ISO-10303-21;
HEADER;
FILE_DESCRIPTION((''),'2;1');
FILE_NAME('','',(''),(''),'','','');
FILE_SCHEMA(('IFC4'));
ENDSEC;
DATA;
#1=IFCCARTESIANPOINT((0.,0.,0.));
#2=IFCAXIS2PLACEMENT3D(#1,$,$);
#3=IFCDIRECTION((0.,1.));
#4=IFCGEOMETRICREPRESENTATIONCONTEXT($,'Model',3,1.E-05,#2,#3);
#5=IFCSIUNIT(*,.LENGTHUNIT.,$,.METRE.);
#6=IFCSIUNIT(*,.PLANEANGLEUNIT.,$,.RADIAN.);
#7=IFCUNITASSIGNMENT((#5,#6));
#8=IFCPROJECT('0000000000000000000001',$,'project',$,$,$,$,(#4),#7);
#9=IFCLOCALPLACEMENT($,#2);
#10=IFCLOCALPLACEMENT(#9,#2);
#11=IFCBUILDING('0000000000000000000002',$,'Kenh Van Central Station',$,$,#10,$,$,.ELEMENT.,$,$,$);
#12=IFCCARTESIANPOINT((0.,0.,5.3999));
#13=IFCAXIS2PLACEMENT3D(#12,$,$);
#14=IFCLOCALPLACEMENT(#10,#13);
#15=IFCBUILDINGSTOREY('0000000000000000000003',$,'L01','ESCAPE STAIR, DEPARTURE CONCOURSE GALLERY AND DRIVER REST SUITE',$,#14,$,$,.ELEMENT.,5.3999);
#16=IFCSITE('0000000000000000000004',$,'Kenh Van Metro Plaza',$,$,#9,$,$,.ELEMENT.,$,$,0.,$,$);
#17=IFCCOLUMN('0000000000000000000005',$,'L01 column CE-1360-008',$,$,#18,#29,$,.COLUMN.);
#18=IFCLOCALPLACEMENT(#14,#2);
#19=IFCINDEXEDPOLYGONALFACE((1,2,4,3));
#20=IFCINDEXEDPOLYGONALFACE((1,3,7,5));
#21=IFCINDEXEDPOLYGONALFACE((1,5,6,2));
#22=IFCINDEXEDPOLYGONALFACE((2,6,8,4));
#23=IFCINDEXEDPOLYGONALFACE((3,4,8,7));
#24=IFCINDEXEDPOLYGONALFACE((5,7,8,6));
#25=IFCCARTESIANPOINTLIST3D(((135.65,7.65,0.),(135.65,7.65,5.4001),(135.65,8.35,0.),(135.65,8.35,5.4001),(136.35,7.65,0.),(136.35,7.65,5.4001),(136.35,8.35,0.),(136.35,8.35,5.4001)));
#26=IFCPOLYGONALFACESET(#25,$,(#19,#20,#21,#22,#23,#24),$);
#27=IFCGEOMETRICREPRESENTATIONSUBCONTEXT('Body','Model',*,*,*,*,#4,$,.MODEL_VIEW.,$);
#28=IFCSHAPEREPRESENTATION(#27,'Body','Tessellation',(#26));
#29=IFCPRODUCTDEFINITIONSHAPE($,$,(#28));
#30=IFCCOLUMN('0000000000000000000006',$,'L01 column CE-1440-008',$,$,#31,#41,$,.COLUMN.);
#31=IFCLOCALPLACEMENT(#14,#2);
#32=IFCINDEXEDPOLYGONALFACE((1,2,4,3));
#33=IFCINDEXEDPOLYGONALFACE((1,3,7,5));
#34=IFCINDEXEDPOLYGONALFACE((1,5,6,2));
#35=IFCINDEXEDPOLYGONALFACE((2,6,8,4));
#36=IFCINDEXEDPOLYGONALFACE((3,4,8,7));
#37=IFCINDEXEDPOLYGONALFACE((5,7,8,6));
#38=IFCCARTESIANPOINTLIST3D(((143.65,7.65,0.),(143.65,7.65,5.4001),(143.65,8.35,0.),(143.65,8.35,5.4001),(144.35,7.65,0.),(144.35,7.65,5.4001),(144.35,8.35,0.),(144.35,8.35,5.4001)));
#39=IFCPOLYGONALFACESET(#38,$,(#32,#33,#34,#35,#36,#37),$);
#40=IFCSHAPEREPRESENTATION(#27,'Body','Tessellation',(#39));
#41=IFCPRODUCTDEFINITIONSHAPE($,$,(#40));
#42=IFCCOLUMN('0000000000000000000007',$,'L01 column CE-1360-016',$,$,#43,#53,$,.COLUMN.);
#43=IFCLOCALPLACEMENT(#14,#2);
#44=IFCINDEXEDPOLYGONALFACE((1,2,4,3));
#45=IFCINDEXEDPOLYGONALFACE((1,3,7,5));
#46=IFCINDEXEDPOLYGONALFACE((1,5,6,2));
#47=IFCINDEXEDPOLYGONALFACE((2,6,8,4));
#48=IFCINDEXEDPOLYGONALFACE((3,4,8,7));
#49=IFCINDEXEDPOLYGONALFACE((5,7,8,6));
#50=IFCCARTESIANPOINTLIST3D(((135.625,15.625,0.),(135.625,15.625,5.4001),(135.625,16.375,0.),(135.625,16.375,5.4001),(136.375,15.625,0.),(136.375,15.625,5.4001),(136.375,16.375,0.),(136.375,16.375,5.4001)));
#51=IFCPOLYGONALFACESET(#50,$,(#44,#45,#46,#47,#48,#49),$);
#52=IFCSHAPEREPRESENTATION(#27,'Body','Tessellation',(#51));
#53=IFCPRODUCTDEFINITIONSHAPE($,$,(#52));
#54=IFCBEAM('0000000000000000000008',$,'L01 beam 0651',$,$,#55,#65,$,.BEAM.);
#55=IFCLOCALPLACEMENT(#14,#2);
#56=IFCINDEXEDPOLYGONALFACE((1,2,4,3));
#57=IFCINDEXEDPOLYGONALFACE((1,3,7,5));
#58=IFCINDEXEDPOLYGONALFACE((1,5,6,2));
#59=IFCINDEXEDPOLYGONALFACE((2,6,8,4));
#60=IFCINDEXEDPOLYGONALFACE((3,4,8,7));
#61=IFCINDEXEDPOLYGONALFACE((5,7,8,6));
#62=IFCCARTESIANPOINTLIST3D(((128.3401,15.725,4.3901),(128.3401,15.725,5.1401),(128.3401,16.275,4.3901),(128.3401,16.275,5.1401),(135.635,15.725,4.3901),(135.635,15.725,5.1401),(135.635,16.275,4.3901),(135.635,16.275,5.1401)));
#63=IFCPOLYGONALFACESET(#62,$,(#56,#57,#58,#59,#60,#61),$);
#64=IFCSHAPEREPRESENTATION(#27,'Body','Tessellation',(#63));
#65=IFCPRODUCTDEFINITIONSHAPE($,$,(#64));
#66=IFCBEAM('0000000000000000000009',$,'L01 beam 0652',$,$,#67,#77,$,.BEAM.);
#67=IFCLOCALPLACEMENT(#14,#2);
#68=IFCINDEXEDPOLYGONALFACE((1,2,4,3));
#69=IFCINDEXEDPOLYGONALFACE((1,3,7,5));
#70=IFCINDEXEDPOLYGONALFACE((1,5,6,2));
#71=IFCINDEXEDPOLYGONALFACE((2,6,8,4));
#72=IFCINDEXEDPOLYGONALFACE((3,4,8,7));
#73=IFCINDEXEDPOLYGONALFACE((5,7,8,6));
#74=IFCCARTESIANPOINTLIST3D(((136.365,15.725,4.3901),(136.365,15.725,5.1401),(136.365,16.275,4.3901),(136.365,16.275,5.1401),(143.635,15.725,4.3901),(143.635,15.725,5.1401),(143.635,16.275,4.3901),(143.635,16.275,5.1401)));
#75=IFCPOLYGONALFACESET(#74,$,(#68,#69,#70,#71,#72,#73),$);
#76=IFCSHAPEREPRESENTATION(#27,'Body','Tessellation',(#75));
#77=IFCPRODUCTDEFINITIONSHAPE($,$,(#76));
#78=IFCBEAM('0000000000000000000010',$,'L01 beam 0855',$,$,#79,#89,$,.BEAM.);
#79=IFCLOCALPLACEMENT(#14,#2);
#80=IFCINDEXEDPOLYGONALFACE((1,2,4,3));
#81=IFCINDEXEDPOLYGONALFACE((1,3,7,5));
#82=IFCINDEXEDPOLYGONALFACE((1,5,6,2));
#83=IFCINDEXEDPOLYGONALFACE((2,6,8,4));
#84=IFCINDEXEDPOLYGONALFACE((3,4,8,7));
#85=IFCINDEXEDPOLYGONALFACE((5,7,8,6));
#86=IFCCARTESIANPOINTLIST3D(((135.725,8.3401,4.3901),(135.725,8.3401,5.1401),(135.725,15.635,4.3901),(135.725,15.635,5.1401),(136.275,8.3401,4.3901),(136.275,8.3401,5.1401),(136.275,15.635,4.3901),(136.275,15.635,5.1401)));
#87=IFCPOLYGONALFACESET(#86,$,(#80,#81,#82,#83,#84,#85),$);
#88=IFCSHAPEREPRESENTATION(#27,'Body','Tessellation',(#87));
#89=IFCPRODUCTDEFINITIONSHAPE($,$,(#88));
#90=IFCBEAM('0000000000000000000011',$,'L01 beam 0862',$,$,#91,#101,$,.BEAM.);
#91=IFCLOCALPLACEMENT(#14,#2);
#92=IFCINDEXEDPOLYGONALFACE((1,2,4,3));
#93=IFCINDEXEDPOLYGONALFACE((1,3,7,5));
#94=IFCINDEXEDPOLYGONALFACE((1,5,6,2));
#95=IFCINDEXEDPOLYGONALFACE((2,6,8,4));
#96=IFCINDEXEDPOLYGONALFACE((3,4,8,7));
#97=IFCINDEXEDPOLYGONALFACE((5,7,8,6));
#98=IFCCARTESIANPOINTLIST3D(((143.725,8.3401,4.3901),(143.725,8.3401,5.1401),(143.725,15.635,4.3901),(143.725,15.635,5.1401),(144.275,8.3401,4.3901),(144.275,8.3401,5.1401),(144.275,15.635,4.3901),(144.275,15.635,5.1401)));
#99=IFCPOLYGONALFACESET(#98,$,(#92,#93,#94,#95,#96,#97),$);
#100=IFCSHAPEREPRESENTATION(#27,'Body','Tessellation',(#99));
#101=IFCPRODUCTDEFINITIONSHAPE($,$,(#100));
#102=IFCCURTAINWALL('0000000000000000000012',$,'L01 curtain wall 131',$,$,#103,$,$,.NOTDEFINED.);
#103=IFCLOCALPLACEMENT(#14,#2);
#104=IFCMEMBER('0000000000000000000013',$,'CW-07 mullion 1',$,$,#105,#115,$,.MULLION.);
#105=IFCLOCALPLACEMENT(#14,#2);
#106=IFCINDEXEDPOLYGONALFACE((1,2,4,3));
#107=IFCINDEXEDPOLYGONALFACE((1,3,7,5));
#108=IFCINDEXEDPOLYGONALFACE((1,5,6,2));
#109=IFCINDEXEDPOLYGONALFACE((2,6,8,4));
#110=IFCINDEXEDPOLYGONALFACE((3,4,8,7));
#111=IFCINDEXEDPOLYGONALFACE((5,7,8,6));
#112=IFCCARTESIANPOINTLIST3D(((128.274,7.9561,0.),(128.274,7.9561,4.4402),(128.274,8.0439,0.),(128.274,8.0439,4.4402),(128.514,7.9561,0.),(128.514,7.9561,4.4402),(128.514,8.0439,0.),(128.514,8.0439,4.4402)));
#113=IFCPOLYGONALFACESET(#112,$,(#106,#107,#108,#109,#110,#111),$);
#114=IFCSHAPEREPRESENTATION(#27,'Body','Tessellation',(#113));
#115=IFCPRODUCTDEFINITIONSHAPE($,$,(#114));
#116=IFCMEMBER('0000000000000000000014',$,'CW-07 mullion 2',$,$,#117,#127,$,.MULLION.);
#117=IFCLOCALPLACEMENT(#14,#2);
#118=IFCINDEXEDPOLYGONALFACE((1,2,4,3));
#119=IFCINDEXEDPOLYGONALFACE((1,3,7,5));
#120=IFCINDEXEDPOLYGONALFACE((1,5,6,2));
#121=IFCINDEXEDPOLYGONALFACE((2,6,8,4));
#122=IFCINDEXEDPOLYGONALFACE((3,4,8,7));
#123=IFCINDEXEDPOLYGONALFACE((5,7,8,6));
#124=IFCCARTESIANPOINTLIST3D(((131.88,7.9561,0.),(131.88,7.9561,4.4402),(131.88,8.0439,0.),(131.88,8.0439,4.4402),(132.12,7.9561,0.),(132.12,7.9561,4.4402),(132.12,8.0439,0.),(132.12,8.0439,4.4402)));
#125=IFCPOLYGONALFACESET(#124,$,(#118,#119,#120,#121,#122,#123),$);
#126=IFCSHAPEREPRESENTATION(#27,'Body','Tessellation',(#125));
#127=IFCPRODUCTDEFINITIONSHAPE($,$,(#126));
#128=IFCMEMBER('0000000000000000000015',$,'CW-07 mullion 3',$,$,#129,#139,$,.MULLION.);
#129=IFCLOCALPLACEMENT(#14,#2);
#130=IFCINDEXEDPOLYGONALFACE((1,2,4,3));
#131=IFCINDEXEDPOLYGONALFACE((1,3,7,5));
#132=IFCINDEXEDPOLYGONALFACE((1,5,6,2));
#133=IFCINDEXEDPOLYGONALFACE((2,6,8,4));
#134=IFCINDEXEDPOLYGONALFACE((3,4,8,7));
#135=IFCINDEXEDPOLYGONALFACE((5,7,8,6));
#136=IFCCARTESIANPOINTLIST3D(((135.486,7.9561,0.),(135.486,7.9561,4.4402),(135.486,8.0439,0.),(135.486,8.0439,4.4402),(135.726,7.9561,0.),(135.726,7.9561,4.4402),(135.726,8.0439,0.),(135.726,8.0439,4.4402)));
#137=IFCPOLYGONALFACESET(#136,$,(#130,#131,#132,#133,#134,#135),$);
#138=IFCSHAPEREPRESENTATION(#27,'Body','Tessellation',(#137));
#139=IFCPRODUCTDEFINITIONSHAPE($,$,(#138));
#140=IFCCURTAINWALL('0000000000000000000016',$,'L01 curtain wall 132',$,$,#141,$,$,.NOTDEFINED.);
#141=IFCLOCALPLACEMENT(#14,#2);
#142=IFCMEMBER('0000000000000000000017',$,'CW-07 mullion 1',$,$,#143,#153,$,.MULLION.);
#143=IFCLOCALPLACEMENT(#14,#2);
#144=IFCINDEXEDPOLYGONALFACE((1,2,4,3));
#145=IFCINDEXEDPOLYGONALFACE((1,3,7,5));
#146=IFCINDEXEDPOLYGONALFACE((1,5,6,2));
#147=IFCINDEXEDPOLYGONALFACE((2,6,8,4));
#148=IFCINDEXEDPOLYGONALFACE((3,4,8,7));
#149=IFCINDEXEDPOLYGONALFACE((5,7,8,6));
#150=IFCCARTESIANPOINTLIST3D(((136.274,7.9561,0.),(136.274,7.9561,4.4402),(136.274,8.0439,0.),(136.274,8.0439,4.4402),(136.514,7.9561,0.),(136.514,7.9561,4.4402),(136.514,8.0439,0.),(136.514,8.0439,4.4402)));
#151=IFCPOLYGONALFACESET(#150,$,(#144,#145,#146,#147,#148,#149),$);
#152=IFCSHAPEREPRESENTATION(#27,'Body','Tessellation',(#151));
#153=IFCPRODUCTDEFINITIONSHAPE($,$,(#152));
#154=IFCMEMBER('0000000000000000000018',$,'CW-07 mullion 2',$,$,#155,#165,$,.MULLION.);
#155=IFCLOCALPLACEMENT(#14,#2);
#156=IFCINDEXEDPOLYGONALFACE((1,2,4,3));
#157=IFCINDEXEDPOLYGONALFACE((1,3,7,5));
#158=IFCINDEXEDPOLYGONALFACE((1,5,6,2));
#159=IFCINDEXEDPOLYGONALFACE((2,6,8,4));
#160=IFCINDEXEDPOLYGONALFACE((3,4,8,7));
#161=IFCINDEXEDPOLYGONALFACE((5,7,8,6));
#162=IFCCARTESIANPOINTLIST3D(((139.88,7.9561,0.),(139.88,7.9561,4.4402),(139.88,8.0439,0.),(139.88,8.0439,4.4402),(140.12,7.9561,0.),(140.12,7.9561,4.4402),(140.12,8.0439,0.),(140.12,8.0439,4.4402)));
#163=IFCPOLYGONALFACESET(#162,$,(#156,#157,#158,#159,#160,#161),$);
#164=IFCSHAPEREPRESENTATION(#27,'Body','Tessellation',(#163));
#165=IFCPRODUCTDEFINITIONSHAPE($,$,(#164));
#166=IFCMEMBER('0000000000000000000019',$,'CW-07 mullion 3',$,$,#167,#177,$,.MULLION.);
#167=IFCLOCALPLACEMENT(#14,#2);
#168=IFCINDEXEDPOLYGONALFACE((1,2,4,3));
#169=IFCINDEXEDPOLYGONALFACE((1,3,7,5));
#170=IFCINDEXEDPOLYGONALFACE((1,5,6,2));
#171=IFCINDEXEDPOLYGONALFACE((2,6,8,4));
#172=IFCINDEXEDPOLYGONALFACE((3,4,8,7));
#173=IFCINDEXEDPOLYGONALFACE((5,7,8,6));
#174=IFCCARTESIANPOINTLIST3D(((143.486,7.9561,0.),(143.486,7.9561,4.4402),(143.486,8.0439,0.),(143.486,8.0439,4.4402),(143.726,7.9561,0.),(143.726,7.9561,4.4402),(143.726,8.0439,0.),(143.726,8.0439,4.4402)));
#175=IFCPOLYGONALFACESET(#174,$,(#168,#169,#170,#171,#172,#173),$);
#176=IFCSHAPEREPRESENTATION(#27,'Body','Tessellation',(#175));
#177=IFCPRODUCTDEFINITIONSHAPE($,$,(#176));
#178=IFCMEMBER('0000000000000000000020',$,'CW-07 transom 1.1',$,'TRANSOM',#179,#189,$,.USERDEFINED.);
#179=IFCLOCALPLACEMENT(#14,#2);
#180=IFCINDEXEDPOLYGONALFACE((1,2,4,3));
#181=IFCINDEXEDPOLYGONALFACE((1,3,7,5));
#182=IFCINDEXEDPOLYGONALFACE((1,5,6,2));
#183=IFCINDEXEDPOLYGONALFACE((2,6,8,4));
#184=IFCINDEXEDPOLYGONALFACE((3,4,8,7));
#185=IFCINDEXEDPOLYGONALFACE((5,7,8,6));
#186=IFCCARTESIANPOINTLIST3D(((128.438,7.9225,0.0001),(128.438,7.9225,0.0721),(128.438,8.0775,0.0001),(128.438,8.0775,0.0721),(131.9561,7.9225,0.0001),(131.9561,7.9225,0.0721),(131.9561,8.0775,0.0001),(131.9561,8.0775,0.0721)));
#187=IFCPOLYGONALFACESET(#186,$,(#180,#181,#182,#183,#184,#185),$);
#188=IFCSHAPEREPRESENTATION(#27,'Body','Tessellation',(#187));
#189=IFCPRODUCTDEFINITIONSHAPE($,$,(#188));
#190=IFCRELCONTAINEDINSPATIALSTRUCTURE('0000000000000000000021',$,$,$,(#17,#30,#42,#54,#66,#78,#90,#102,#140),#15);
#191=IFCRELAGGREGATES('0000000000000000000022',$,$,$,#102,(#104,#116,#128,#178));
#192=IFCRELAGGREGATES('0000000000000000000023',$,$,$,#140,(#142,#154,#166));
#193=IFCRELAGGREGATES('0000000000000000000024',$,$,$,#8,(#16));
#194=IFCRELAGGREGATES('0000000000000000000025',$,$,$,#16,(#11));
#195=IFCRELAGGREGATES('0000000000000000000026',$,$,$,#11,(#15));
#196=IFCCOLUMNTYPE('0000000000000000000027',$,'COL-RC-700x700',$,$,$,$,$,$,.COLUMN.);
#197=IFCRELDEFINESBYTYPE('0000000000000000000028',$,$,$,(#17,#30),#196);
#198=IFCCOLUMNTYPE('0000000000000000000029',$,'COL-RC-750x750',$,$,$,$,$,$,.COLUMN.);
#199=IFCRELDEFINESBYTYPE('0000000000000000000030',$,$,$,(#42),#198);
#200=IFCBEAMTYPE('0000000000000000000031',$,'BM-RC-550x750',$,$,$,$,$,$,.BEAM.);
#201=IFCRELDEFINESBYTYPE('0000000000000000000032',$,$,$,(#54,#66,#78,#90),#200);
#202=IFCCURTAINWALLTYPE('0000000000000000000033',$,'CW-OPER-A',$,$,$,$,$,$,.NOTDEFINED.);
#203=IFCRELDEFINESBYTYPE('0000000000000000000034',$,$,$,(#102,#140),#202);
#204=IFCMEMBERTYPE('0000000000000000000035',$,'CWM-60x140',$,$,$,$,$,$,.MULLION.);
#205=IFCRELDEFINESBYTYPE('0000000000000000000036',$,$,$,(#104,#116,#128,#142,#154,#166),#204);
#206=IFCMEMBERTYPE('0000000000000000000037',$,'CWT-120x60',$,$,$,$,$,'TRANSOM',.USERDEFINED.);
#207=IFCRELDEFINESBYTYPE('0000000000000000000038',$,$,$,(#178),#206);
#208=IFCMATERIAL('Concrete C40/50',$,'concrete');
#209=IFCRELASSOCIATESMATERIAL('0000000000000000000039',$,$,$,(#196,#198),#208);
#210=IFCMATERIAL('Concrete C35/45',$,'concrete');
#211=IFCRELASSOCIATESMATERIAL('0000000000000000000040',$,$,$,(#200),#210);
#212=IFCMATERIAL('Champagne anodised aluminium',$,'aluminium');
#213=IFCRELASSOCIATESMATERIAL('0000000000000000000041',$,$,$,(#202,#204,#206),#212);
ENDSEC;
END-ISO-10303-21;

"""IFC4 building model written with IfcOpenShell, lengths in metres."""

from ifc_helpers import new_model, si_unit, direction, frame, origin, origin_2d, place, context, subcontext, project, spatial, rectangle, extrude, material, material_profile, profile_set, type_object, element, aggregate, save


model = new_model("IFC4")

# Units and contexts
model_context = context("Model", 3, precision=1e-05, world=origin(), true_north=direction((0.0, 1.0)))
body_context = subcontext(model_context, "Body", "Model", "MODEL_VIEW")
ifc_project = project(units=[si_unit("LENGTHUNIT", "METRE"), si_unit("PLANEANGLEUNIT", "RADIAN")], contexts=[model_context])

# Site, building, storey
site_placement = place(None, origin())
site = spatial("IfcSite", under=ifc_project, at=site_placement, Name="Kenh Van Metro Plaza", CompositionType="ELEMENT", RefElevation=0.0)
building_placement = place(site_placement, origin())
building = spatial("IfcBuilding", under=site, at=building_placement, Name="Kenh Van Central Station", CompositionType="ELEMENT")
storey_placement = place(building_placement, frame((0.0, 0.0, 5.3999)))
storey = spatial("IfcBuildingStorey", under=building, at=storey_placement, Name="L01", Description="ESCAPE STAIR, DEPARTURE CONCOURSE GALLERY AND DRIVER REST SUITE", CompositionType="ELEMENT", Elevation=5.3999)

# Columns
ifc_material_1 = material(Name="Concrete C40/50", Category="concrete")
ifc_material_profile_1 = material_profile(ifc_material_1, rectangle(XDim=0.7, YDim=0.7, at=origin_2d()), Name="RC 700x700")
ifc_profile_set_1 = profile_set([ifc_material_profile_1], Name="Concrete C40/50")
column_type_1 = type_object("IfcColumnType", Name="COL-RC-700x700", PredefinedType="COLUMN", material=ifc_profile_set_1)
for number, where, z_axis, x_axis, name in (
    (1, (136.0, 8.0, 0.0), (0.0, 0.0, 1.0), (1.0, 0.0, 0.0), "L01 column CE-1360-008"),
    (2, (144.0, 8.0, 0.0), (0.0, 0.0, 1.0), (1.0, 0.0, 0.0), "L01 column CE-1440-008"),
):
    element("IfcColumn", number, at=place(storey_placement, frame(where, z_axis=z_axis, x_axis=x_axis)), inside=storey, type_object=column_type_1, Name=name, PredefinedType="COLUMN", context=body_context, shape_type="SweptSolid", body=[
        extrude(rectangle(XDim=0.7, YDim=0.7, at=origin_2d()), origin(), (0.0, 0.0, 1.0), 5.4001),
    ])
ifc_material_profile_2 = material_profile(ifc_material_1, rectangle(XDim=0.75, YDim=0.75, at=origin_2d()), Name="RC 750x750")
ifc_profile_set_2 = profile_set([ifc_material_profile_2], Name="Concrete C40/50")
column_type_2 = type_object("IfcColumnType", Name="COL-RC-750x750", PredefinedType="COLUMN", material=ifc_profile_set_2)
column_placement = place(storey_placement, frame((136.0, 16.0, 0.0), z_axis=(0.0, 0.0, 1.0), x_axis=(1.0, 0.0, 0.0)))
element("IfcColumn", 3, at=column_placement, inside=storey, type_object=column_type_2, Name="L01 column CE-1360-016", PredefinedType="COLUMN", context=body_context, shape_type="SweptSolid", body=[
    extrude(rectangle(XDim=0.75, YDim=0.75, at=origin_2d()), origin(), (0.0, 0.0, 1.0), 5.4001),
])

# Beams
ifc_material_2 = material(Name="Concrete C35/45", Category="concrete")
ifc_material_profile_3 = material_profile(ifc_material_2, rectangle(XDim=0.55, YDim=0.75, at=origin_2d()), Name="RC 550x750")
ifc_profile_set_3 = profile_set([ifc_material_profile_3], Name="Concrete C35/45")
beam_type_1 = type_object("IfcBeamType", Name="BM-RC-550x750", PredefinedType="BEAM", material=ifc_profile_set_3)
beam_1_placement = place(storey_placement, frame((128.3401, 16.0, 4.7651), z_axis=(1.0, 0.0, 0.0), x_axis=(0.0, 1.0, 0.0)))
element("IfcBeam", 4, at=beam_1_placement, inside=storey, type_object=beam_type_1, Name="L01 beam 0651", PredefinedType="BEAM", context=body_context, shape_type="SweptSolid", body=[
    extrude(rectangle(XDim=0.55, YDim=0.75, at=origin_2d()), origin(), (0.0, 0.0, 1.0), 7.2949),
])
beam_2_placement = place(storey_placement, frame((136.365, 16.0, 4.7651), z_axis=(1.0, 0.0, 0.0), x_axis=(0.0, 1.0, 0.0)))
element("IfcBeam", 5, at=beam_2_placement, inside=storey, type_object=beam_type_1, Name="L01 beam 0652", PredefinedType="BEAM", context=body_context, shape_type="SweptSolid", body=[
    extrude(rectangle(XDim=0.55, YDim=0.75, at=origin_2d()), origin(), (0.0, 0.0, 1.0), 7.27),
])
for number, where, z_axis, x_axis, name in (
    (6, (136.0, 8.3401, 4.7651), (0.0, 1.0, 0.0), (-1.0, 0.0, 0.0), "L01 beam 0855"),
    (7, (144.0, 8.3401, 4.7651), (0.0, 1.0, 0.0), (-1.0, 0.0, 0.0), "L01 beam 0862"),
):
    element("IfcBeam", number, at=place(storey_placement, frame(where, z_axis=z_axis, x_axis=x_axis)), inside=storey, type_object=beam_type_1, Name=name, PredefinedType="BEAM", context=body_context, shape_type="SweptSolid", body=[
        extrude(rectangle(XDim=0.55, YDim=0.75, at=origin_2d()), origin(), (0.0, 0.0, 1.0), 7.2949),
    ])

# Curtain walls, members
ifc_material_3 = material(Name="Champagne anodised aluminium", Category="aluminium")
curtain_wall_type = type_object("IfcCurtainWallType", Name="CW-OPER-A", PredefinedType="NOTDEFINED", material=ifc_material_3)
curtain_wall_1_placement = place(storey_placement, origin())
curtain_wall_1 = element("IfcCurtainWall", 8, at=curtain_wall_1_placement, inside=storey, type_object=curtain_wall_type, Name="L01 curtain wall 131", PredefinedType="NOTDEFINED")
ifc_material_profile_4 = material_profile(ifc_material_3, rectangle(XDim=0.0879, YDim=0.24, at=origin_2d()), Name="AL 88x240")
ifc_profile_set_4 = profile_set([ifc_material_profile_4], Name="Champagne anodised aluminium")
member_type_1 = type_object("IfcMemberType", Name="CWM-60x140", PredefinedType="MULLION", material=ifc_profile_set_4)
member_1_placement = place(storey_placement, frame((128.394, 8.0, 0.0), z_axis=(0.0, 0.0, 1.0), x_axis=(0.0, 1.0, 0.0)))
member_1 = element("IfcMember", 9, at=member_1_placement, type_object=member_type_1, Name="CW-07 mullion 1", PredefinedType="MULLION", context=body_context, shape_type="SweptSolid", body=[
    extrude(rectangle(XDim=0.0879, YDim=0.24, at=origin_2d()), origin(), (0.0, 0.0, 1.0), 4.4402),
])
member_2_placement = place(storey_placement, frame((132.0, 8.0, 0.0), z_axis=(0.0, 0.0, 1.0), x_axis=(0.0, 1.0, 0.0)))
member_2 = element("IfcMember", 10, at=member_2_placement, type_object=member_type_1, Name="CW-07 mullion 2", PredefinedType="MULLION", context=body_context, shape_type="SweptSolid", body=[
    extrude(rectangle(XDim=0.0879, YDim=0.24, at=origin_2d()), origin(), (0.0, 0.0, 1.0), 4.4402),
])
member_3_placement = place(storey_placement, frame((135.606, 8.0, 0.0), z_axis=(0.0, 0.0, 1.0), x_axis=(0.0, 1.0, 0.0)))
member_3 = element("IfcMember", 11, at=member_3_placement, type_object=member_type_1, Name="CW-07 mullion 3", PredefinedType="MULLION", context=body_context, shape_type="SweptSolid", body=[
    extrude(rectangle(XDim=0.0879, YDim=0.24, at=origin_2d()), origin(), (0.0, 0.0, 1.0), 4.4402),
])
curtain_wall_2_placement = place(storey_placement, origin())
curtain_wall_2 = element("IfcCurtainWall", 12, at=curtain_wall_2_placement, inside=storey, type_object=curtain_wall_type, Name="L01 curtain wall 132", PredefinedType="NOTDEFINED")
member_4_placement = place(storey_placement, frame((136.394, 8.0, 0.0), z_axis=(0.0, 0.0, 1.0), x_axis=(0.0, 1.0, 0.0)))
member_4 = element("IfcMember", 13, at=member_4_placement, type_object=member_type_1, Name="CW-07 mullion 1", PredefinedType="MULLION", context=body_context, shape_type="SweptSolid", body=[
    extrude(rectangle(XDim=0.0879, YDim=0.24, at=origin_2d()), origin(), (0.0, 0.0, 1.0), 4.4402),
])
member_5_placement = place(storey_placement, frame((140.0, 8.0, 0.0), z_axis=(0.0, 0.0, 1.0), x_axis=(0.0, 1.0, 0.0)))
member_5 = element("IfcMember", 14, at=member_5_placement, type_object=member_type_1, Name="CW-07 mullion 2", PredefinedType="MULLION", context=body_context, shape_type="SweptSolid", body=[
    extrude(rectangle(XDim=0.0879, YDim=0.24, at=origin_2d()), origin(), (0.0, 0.0, 1.0), 4.4402),
])
member_6_placement = place(storey_placement, frame((143.606, 8.0, 0.0), z_axis=(0.0, 0.0, 1.0), x_axis=(0.0, 1.0, 0.0)))
member_6 = element("IfcMember", 15, at=member_6_placement, type_object=member_type_1, Name="CW-07 mullion 3", PredefinedType="MULLION", context=body_context, shape_type="SweptSolid", body=[
    extrude(rectangle(XDim=0.0879, YDim=0.24, at=origin_2d()), origin(), (0.0, 0.0, 1.0), 4.4402),
])

# Member
ifc_material_profile_5 = material_profile(ifc_material_3, rectangle(XDim=0.155, YDim=0.072, at=origin_2d()), Name="AL 155x72")
ifc_profile_set_5 = profile_set([ifc_material_profile_5], Name="Champagne anodised aluminium")
member_type_2 = type_object("IfcMemberType", Name="CWT-120x60", ElementType="TRANSOM", PredefinedType="USERDEFINED", material=ifc_profile_set_5)
member_7_placement = place(storey_placement, frame((128.438, 8.0, 0.0361), z_axis=(1.0, 0.0, 0.0), x_axis=(0.0, 1.0, 0.0)))
member_7 = element("IfcMember", 16, at=member_7_placement, type_object=member_type_2, Name="CW-07 transom 1.1", ObjectType="TRANSOM", PredefinedType="USERDEFINED", context=body_context, shape_type="SweptSolid", body=[
    extrude(rectangle(XDim=0.155, YDim=0.072, at=origin_2d()), origin(), (0.0, 0.0, 1.0), 3.5181),
])

aggregate(curtain_wall_1, [member_1, member_2, member_3, member_7])
aggregate(curtain_wall_2, [member_4, member_5, member_6])

save(model, "model.ifc")
